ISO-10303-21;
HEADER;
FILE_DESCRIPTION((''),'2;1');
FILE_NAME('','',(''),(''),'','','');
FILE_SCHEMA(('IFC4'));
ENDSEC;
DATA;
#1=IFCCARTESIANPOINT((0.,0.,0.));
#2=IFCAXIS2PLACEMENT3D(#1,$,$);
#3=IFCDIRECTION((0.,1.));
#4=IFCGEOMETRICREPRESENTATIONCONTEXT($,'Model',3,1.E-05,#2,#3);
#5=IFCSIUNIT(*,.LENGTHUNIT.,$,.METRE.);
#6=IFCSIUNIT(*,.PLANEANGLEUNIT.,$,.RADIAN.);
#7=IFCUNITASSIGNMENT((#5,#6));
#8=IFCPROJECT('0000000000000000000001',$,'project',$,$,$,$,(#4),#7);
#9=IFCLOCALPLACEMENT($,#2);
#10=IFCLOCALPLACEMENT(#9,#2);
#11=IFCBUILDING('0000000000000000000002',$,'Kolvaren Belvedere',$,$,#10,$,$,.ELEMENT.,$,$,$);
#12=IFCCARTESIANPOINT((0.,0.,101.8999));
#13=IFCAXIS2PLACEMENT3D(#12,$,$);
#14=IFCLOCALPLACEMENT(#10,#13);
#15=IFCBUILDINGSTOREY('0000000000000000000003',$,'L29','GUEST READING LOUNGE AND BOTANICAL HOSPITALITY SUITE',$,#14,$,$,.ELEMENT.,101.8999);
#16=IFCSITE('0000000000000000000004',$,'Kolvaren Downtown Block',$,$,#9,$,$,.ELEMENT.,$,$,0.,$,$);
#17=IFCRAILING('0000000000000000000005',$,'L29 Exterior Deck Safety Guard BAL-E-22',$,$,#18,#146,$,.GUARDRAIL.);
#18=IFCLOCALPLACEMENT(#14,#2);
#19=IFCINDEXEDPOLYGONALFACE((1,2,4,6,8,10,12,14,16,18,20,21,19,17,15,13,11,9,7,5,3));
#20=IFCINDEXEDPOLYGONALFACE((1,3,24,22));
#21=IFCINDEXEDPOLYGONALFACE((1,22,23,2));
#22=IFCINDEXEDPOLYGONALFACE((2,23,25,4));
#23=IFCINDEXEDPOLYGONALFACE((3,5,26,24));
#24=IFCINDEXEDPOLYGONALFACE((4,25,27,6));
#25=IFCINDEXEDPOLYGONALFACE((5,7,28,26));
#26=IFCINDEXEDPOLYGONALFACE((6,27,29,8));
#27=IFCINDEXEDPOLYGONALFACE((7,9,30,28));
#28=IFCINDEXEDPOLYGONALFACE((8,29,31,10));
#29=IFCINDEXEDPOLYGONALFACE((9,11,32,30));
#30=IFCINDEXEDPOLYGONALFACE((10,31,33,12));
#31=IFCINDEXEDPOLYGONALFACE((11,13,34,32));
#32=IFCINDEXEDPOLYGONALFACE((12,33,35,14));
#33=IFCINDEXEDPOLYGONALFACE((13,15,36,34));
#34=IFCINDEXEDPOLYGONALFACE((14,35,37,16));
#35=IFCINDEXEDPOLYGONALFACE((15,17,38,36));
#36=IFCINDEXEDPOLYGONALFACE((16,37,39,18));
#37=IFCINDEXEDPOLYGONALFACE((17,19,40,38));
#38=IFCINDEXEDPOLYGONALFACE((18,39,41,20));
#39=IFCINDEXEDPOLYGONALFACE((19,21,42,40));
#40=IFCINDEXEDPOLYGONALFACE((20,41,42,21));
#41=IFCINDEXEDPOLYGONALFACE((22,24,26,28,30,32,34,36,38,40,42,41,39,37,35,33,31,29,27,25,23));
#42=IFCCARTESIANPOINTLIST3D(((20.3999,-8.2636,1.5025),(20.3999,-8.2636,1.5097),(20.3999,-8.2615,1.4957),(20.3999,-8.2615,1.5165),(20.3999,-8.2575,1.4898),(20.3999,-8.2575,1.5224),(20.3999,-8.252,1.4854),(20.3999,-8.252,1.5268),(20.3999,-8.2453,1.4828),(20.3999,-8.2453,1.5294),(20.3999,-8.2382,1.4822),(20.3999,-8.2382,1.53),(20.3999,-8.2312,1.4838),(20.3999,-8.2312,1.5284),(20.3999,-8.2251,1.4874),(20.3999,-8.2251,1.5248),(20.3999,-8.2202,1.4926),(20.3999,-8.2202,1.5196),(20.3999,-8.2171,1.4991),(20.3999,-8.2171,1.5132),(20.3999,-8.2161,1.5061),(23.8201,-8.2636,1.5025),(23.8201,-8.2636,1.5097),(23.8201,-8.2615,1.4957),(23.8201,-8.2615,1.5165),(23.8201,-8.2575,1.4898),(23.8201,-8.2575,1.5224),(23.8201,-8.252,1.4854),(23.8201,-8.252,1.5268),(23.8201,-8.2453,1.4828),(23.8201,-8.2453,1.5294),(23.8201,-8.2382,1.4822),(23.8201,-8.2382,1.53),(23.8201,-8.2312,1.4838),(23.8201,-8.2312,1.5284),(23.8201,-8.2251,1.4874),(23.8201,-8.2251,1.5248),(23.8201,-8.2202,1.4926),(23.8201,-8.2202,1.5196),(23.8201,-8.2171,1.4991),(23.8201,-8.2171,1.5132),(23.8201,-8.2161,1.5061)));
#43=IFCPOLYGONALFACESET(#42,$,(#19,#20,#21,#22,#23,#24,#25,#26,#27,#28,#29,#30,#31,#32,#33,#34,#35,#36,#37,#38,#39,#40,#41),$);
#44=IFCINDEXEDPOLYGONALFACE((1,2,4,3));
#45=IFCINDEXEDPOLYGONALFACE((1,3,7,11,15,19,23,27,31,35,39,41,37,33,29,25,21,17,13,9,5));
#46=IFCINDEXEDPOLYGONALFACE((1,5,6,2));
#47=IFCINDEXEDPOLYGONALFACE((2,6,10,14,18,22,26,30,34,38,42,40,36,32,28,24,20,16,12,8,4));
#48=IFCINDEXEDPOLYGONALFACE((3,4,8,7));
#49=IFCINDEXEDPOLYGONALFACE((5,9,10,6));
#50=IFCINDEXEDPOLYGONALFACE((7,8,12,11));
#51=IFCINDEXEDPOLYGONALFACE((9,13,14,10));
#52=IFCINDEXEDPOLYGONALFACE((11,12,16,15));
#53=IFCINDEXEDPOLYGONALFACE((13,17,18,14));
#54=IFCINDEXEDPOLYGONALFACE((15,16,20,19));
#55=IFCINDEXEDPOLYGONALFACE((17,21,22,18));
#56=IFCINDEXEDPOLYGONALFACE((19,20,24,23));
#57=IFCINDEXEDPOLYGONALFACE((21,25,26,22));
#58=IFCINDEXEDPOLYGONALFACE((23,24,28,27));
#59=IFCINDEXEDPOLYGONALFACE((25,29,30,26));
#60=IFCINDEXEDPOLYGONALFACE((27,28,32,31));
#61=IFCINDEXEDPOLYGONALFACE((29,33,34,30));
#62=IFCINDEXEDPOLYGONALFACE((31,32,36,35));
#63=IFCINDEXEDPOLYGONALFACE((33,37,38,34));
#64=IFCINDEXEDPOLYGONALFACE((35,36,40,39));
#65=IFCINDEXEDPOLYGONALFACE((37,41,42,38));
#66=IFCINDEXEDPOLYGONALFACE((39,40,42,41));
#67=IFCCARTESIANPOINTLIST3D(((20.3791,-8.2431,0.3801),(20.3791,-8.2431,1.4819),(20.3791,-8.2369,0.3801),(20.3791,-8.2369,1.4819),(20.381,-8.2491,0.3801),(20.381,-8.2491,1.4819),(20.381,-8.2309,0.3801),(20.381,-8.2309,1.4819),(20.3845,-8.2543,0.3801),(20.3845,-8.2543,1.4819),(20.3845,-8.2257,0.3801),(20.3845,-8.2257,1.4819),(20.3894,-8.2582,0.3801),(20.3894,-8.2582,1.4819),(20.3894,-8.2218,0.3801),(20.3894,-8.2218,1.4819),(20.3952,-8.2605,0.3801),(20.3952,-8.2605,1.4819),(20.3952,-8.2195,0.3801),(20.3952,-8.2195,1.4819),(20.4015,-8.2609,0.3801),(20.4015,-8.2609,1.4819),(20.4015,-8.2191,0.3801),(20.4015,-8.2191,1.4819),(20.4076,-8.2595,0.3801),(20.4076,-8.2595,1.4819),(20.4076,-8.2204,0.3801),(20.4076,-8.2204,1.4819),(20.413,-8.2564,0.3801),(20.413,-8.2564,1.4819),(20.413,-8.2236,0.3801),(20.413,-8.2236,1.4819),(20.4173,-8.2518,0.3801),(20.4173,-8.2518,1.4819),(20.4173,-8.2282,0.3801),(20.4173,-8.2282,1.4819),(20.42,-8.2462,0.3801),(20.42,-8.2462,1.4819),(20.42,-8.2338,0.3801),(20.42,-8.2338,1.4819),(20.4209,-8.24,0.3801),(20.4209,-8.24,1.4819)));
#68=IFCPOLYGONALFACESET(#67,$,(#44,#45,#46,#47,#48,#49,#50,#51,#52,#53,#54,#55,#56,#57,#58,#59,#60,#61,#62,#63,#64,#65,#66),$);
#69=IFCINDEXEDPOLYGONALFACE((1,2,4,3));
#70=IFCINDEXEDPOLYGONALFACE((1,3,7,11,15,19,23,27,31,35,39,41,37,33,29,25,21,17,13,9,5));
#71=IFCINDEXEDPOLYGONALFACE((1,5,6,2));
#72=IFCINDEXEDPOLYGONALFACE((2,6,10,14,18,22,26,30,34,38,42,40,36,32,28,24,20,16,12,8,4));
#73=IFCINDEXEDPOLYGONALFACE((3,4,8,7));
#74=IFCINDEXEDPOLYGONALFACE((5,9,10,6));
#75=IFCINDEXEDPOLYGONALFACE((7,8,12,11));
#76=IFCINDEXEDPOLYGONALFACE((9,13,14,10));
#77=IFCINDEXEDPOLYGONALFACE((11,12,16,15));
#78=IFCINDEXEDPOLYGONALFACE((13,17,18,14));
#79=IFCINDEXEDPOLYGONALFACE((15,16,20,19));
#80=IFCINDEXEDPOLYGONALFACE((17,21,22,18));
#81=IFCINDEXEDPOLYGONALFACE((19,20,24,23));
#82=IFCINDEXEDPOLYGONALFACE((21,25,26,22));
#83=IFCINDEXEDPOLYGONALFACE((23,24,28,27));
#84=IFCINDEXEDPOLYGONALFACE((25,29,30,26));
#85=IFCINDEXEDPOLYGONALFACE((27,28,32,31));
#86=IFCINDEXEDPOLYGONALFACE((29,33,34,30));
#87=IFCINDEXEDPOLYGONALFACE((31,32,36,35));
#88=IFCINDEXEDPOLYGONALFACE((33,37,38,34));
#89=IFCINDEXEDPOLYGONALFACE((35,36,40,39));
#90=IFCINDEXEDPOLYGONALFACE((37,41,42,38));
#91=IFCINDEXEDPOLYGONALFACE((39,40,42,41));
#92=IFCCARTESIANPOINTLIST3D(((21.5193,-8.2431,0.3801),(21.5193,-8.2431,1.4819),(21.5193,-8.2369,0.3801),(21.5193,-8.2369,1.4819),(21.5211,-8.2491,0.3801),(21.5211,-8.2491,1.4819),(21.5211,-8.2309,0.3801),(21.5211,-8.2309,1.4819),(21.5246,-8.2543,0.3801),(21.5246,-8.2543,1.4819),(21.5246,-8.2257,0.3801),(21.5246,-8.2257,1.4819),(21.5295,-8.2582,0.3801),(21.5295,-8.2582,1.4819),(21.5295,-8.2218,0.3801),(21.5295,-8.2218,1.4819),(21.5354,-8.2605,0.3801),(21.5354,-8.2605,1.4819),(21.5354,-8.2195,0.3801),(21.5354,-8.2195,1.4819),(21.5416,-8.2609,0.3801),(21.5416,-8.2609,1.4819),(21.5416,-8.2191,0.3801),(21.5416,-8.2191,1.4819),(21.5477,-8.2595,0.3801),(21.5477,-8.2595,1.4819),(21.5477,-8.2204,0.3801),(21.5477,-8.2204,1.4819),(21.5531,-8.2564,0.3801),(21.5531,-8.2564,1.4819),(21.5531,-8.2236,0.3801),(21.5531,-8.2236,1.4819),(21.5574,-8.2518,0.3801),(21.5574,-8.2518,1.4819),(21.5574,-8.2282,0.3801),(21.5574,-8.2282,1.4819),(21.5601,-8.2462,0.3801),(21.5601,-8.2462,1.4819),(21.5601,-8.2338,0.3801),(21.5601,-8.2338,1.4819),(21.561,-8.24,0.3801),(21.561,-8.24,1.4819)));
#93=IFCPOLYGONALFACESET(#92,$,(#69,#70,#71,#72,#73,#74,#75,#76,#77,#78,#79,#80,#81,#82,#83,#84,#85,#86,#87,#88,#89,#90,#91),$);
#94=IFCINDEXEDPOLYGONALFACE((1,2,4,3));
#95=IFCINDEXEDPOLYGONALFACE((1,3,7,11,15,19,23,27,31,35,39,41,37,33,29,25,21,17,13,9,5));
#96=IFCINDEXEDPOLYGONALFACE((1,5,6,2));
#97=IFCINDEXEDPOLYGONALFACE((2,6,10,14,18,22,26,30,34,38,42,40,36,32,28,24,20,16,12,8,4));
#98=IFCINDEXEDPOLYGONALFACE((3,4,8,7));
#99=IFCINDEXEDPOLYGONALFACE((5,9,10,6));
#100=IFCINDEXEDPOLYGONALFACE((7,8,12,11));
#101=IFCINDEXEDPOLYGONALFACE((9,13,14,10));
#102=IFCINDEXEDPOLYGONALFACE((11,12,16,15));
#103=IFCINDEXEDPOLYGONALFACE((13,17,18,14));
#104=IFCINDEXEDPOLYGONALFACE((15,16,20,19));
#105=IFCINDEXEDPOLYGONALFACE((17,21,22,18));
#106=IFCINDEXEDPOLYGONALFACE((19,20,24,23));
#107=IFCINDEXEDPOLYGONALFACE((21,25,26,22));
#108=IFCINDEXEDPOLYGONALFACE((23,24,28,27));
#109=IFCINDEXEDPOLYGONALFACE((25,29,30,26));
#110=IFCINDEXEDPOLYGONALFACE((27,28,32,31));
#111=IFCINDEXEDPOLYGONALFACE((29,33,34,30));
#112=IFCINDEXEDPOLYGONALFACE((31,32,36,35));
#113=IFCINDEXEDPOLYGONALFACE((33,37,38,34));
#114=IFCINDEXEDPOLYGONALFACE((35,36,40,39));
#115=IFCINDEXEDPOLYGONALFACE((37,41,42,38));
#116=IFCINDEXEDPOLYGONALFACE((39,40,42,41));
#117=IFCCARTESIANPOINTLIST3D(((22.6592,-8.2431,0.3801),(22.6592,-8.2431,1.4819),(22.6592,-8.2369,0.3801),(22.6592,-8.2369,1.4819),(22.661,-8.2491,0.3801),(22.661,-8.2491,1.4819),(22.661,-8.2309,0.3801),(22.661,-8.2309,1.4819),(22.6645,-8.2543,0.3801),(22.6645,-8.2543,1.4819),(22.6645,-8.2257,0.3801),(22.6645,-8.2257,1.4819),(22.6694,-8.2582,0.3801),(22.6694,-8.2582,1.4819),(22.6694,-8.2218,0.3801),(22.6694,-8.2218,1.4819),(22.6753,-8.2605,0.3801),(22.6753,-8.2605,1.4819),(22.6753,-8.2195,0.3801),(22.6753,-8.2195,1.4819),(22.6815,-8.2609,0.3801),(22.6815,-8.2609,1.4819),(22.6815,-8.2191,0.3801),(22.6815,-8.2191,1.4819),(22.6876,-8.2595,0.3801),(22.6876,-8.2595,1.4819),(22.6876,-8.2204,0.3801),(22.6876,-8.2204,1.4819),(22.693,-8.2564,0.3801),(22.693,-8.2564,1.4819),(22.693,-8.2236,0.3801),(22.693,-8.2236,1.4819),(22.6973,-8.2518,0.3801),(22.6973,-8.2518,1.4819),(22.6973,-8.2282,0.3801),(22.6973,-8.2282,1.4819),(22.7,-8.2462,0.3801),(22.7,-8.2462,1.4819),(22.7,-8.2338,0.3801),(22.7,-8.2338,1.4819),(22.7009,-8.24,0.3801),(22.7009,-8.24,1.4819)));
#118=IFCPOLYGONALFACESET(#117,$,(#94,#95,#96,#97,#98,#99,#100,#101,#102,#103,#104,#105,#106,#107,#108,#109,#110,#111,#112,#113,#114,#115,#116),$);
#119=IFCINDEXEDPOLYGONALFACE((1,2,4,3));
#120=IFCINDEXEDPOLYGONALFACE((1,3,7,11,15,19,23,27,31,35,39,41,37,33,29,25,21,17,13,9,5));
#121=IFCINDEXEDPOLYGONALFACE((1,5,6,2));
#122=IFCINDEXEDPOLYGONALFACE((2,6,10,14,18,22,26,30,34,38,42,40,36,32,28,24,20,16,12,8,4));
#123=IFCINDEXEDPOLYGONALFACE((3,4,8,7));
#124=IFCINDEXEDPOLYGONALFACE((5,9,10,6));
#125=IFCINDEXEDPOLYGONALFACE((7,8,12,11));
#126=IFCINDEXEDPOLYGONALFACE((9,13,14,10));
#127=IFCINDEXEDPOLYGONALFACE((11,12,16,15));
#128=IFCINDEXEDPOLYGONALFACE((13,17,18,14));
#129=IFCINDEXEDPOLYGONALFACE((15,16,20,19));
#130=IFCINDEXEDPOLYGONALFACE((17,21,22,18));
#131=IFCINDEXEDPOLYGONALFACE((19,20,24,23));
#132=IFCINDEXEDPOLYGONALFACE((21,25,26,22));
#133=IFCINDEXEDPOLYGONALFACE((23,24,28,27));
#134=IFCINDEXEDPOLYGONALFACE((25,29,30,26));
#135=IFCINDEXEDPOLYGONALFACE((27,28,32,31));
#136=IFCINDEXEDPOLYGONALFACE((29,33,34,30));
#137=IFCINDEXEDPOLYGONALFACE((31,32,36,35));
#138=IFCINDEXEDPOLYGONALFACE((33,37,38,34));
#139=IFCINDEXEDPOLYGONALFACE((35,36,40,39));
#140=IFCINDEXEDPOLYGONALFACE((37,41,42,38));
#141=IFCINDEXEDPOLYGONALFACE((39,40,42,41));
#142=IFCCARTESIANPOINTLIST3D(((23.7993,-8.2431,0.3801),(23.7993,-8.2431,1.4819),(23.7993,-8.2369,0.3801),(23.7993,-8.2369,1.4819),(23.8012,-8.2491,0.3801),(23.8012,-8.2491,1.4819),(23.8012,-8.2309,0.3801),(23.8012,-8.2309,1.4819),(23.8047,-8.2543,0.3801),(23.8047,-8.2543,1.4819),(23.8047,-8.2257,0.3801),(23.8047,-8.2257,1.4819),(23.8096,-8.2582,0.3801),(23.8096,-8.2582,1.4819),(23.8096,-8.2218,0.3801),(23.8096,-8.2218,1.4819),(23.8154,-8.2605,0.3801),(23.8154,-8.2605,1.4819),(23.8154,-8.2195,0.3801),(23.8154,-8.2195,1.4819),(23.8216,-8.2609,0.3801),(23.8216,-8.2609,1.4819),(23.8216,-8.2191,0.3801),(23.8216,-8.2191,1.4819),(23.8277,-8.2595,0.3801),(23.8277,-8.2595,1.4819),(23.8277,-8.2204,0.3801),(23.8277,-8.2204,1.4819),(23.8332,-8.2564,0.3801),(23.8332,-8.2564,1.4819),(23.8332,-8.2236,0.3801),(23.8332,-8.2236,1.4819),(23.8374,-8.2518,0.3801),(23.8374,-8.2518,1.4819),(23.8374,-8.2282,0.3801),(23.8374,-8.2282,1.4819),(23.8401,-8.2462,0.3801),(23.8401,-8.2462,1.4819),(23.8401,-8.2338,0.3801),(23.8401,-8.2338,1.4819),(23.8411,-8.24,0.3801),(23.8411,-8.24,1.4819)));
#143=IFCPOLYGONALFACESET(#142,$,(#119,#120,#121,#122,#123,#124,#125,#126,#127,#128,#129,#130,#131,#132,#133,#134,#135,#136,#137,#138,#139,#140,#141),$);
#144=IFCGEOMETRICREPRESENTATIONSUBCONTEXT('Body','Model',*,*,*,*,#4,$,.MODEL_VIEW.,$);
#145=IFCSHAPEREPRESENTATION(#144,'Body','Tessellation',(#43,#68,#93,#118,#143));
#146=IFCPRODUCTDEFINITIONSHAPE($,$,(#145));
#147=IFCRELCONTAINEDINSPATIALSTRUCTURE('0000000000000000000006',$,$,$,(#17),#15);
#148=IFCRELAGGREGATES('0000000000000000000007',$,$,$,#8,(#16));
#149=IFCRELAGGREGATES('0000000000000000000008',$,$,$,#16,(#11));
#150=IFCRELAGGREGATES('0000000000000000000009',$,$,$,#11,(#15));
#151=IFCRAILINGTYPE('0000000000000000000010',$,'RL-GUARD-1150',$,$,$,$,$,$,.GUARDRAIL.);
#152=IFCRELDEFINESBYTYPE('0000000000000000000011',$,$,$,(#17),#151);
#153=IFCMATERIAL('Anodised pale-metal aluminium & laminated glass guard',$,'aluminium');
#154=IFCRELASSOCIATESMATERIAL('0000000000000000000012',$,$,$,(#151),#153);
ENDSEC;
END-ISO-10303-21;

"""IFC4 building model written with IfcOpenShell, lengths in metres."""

from ifc_helpers import new_model, si_unit, direction, frame, origin, origin_2d, place, context, subcontext, project, spatial, circle, extrude, material, type_object, element, save


model = new_model("IFC4")

# Units and contexts
model_context = context("Model", 3, precision=1e-05, world=origin(), true_north=direction((0.0, 1.0)))
body_context = subcontext(model_context, "Body", "Model", "MODEL_VIEW")
ifc_project = project(units=[si_unit("LENGTHUNIT", "METRE"), si_unit("PLANEANGLEUNIT", "RADIAN")], contexts=[model_context])

# Site, building, storey
site_placement = place(None, origin())
site = spatial("IfcSite", under=ifc_project, at=site_placement, Name="Kolvaren Downtown Block", CompositionType="ELEMENT", RefElevation=0.0)
building_placement = place(site_placement, origin())
building = spatial("IfcBuilding", under=site, at=building_placement, Name="Kolvaren Belvedere", CompositionType="ELEMENT")
storey_placement = place(building_placement, frame((0.0, 0.0, 101.8999)))
storey = spatial("IfcBuildingStorey", under=building, at=storey_placement, Name="L29", Description="GUEST READING LOUNGE AND BOTANICAL HOSPITALITY SUITE", CompositionType="ELEMENT", Elevation=101.8999)

# Railing
ifc_material_1 = material(Name="Anodised pale-metal aluminium & laminated glass guard", Category="aluminium")
railing_type = type_object("IfcRailingType", Name="RL-GUARD-1150", PredefinedType="GUARDRAIL", material=ifc_material_1)
railing_1_placement = place(storey_placement, frame((20.3999, -8.24, 0.3801)))
element("IfcRailing", 1, at=railing_1_placement, inside=storey, type_object=railing_type, Name="L29 Exterior Deck Safety Guard BAL-E-22", PredefinedType="GUARDRAIL", context=body_context, shape_type="SweptSolid", body=[
    extrude(circle(Radius=0.0239, at=origin_2d()), frame((0.0, 0.0, 1.126), z_axis=(1.0, 0.0, 0.0), x_axis=(0.0, 1.0, 0.0)), (0.0, 0.0, 1.0), 3.4202),
    extrude(circle(Radius=0.021, at=origin_2d()), origin(), (0.0, 0.0, 1.0), 1.1018),
    extrude(circle(Radius=0.021, at=origin_2d()), frame((1.1401, 0.0, 0.0)), (0.0, 0.0, 1.0), 1.1018),
    extrude(circle(Radius=0.021, at=origin_2d()), frame((2.28, 0.0, 0.0)), (0.0, 0.0, 1.0), 1.1018),
    extrude(circle(Radius=0.021, at=origin_2d()), frame((3.4202, 0.0, 0.0)), (0.0, 0.0, 1.0), 1.1018),
])

save(model, "model.ifc")
